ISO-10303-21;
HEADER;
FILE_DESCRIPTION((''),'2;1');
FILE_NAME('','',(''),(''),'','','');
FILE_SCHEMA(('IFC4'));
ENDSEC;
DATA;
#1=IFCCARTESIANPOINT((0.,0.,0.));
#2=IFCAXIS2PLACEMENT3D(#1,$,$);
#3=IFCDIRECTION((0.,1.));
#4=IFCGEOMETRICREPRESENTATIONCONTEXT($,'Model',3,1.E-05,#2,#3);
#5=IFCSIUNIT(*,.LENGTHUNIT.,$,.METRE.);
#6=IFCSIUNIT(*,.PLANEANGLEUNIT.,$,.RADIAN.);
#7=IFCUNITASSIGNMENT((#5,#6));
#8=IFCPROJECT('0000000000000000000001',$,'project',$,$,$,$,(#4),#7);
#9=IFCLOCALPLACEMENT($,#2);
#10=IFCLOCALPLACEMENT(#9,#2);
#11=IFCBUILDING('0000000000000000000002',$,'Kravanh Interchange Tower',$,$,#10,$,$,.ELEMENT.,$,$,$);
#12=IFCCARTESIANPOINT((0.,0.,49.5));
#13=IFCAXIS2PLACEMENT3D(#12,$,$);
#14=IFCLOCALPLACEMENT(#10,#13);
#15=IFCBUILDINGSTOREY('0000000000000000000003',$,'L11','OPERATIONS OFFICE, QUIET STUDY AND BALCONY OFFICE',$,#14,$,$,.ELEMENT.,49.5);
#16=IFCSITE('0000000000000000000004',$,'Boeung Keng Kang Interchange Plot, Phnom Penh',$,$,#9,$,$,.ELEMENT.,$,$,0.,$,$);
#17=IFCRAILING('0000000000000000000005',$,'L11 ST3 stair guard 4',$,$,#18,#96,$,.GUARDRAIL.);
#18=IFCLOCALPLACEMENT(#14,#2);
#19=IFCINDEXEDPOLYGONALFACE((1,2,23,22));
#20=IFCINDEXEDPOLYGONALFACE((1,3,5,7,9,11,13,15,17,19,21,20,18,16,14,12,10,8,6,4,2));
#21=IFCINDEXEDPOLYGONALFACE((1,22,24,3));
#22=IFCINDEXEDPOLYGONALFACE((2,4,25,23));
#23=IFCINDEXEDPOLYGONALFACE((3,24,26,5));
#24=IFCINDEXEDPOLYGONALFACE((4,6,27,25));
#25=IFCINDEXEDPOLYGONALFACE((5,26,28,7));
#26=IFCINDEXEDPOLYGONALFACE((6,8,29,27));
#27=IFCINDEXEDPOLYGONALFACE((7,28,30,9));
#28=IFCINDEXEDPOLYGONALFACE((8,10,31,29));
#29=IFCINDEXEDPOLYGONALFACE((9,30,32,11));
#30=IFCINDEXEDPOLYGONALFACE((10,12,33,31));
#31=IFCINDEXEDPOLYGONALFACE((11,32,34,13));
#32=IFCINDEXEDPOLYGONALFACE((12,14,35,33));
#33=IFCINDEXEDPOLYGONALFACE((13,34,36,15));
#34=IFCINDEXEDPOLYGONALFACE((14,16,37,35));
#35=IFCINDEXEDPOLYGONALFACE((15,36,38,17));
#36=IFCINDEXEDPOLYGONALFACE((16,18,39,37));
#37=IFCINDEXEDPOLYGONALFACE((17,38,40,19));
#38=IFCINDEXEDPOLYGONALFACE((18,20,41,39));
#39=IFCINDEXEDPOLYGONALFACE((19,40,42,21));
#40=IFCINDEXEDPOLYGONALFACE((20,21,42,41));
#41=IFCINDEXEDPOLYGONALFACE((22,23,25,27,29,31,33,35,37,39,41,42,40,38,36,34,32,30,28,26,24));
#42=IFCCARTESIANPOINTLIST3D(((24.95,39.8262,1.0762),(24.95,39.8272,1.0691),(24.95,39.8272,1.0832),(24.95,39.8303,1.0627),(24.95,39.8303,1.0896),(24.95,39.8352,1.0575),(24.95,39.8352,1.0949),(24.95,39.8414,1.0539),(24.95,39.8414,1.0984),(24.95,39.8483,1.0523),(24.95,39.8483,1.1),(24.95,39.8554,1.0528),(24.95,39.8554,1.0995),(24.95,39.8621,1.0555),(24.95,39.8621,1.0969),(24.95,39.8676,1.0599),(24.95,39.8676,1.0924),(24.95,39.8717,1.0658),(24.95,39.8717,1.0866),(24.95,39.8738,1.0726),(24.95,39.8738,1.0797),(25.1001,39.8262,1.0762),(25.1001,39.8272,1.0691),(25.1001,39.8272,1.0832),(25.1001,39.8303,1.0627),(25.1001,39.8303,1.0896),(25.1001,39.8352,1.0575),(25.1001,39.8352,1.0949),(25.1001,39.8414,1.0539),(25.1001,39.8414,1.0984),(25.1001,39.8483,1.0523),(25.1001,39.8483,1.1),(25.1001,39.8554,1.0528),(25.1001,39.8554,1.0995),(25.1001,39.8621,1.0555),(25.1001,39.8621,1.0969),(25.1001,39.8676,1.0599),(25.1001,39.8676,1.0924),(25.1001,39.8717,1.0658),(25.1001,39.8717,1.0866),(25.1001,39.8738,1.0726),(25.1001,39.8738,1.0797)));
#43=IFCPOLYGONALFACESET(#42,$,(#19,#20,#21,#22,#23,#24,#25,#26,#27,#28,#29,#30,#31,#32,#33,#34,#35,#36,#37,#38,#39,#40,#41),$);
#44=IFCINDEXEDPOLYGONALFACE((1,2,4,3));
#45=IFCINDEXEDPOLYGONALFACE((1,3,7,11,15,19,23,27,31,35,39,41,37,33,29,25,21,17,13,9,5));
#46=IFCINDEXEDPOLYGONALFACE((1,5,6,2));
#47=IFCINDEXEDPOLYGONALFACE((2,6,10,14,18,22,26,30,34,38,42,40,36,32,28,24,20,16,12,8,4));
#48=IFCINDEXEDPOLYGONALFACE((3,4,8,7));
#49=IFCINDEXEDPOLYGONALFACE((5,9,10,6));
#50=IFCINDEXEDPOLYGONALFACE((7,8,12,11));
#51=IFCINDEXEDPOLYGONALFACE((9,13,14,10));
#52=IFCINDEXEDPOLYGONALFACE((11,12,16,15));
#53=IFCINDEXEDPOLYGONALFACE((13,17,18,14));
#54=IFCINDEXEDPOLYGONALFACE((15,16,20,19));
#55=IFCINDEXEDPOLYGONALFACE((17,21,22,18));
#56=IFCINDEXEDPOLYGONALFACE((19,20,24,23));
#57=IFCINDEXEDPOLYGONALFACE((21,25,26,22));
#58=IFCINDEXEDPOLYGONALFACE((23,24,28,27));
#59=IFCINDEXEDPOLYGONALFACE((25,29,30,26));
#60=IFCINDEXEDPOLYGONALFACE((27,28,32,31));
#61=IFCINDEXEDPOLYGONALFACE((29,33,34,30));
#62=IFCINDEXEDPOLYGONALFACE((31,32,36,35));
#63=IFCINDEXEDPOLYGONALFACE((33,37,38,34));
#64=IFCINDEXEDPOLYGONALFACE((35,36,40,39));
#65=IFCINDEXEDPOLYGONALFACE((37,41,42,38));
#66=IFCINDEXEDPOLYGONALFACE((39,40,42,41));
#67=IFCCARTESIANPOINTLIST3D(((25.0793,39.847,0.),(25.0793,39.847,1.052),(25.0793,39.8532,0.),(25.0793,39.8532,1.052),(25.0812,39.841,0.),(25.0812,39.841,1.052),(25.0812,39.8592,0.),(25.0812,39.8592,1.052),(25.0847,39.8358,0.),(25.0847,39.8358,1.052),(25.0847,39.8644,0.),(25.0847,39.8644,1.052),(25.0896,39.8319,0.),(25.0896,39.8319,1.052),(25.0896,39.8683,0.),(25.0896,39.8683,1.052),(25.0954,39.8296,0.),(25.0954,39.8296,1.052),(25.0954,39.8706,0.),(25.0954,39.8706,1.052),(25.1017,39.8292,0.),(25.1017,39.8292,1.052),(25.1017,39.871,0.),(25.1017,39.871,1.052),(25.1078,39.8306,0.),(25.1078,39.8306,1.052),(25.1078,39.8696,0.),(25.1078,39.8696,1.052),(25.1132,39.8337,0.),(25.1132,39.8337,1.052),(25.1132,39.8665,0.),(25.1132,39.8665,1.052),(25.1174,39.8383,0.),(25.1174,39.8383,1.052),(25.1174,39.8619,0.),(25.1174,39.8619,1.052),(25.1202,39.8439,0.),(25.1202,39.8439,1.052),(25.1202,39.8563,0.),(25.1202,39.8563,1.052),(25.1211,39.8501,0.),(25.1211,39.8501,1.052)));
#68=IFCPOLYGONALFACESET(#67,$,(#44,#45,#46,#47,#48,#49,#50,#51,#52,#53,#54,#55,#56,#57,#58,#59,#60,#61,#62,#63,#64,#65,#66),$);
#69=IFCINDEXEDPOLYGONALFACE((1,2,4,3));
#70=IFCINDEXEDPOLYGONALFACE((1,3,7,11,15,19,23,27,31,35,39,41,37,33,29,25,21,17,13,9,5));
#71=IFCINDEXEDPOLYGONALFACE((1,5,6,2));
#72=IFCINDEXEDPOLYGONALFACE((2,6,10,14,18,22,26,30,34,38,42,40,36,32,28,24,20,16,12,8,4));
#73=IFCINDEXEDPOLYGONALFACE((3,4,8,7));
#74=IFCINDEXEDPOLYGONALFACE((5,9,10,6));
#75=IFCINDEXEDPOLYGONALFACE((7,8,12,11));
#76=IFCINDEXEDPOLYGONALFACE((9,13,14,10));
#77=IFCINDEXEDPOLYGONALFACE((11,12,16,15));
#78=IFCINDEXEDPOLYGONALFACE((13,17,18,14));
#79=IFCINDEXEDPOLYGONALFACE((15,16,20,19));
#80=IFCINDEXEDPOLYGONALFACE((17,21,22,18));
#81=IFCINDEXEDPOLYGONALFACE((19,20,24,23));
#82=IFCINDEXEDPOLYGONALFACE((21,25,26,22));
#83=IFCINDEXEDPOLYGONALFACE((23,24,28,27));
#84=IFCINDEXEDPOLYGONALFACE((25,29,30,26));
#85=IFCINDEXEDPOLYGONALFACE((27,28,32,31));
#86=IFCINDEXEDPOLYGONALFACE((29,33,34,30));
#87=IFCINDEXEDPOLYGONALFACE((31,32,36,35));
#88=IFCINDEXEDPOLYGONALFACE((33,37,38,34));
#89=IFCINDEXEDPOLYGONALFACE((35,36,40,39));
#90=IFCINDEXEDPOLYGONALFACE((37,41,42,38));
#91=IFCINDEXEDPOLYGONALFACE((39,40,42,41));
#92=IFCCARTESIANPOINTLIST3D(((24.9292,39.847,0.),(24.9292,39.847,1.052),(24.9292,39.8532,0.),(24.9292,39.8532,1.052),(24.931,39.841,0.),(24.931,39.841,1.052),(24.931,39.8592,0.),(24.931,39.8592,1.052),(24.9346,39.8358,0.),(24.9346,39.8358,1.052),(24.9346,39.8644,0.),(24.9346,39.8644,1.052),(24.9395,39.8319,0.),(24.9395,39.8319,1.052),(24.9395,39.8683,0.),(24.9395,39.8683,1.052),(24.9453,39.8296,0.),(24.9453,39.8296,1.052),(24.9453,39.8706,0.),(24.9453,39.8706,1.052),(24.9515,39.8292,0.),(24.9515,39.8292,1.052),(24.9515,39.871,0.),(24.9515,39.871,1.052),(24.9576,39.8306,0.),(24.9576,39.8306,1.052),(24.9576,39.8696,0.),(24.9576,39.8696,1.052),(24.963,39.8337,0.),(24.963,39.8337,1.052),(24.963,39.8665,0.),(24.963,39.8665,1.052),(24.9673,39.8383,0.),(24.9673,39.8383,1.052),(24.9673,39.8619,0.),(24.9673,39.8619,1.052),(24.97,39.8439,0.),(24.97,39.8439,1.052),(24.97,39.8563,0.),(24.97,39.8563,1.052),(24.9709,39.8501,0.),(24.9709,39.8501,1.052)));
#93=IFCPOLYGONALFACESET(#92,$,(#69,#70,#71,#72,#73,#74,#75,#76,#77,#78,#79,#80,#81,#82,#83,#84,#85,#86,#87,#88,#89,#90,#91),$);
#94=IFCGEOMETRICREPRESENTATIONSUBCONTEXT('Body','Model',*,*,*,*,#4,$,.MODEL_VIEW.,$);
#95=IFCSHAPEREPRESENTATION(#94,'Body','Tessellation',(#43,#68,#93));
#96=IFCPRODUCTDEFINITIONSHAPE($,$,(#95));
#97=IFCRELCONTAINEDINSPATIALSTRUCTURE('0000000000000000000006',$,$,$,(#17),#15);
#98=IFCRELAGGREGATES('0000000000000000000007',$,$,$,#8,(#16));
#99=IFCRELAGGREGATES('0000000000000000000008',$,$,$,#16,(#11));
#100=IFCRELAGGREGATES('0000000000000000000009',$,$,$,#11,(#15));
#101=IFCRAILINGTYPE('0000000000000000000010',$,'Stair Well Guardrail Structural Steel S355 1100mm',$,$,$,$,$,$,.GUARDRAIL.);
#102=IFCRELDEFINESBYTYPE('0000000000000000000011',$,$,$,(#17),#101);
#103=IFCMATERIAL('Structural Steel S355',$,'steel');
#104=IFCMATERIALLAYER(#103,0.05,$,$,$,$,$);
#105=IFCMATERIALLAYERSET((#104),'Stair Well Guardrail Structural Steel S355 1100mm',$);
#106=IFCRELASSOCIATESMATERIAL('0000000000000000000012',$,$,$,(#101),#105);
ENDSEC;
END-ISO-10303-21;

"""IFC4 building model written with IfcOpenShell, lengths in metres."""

from ifc_helpers import new_model, si_unit, direction, frame, origin, origin_2d, place, context, subcontext, project, spatial, circle, extrude, material, layer, layer_set, type_object, element, save


model = new_model("IFC4")

# Units and contexts
model_context = context("Model", 3, precision=1e-05, world=origin(), true_north=direction((0.0, 1.0)))
body_context = subcontext(model_context, "Body", "Model", "MODEL_VIEW")
ifc_project = project(units=[si_unit("LENGTHUNIT", "METRE"), si_unit("PLANEANGLEUNIT", "RADIAN")], contexts=[model_context])

# Site, building, storey
site_placement = place(None, origin())
site = spatial("IfcSite", under=ifc_project, at=site_placement, Name="Boeung Keng Kang Interchange Plot, Phnom Penh", CompositionType="ELEMENT", RefElevation=0.0)
building_placement = place(site_placement, origin())
building = spatial("IfcBuilding", under=site, at=building_placement, Name="Kravanh Interchange Tower", CompositionType="ELEMENT")
storey_placement = place(building_placement, frame((0.0, 0.0, 49.5)))
storey = spatial("IfcBuildingStorey", under=building, at=storey_placement, Name="L11", Description="OPERATIONS OFFICE, QUIET STUDY AND BALCONY OFFICE", CompositionType="ELEMENT", Elevation=49.5)

# Railing
ifc_material_1 = material(Name="Structural Steel S355", Category="steel")
ifc_layer_1 = layer(ifc_material_1, 0.05)
ifc_layer_set_1 = layer_set([ifc_layer_1], Name="Stair Well Guardrail Structural Steel S355 1100mm")
railing_type_1 = type_object("IfcRailingType", Name="Stair Well Guardrail Structural Steel S355 1100mm", PredefinedType="GUARDRAIL", material=ifc_layer_set_1)
railing_1_placement = place(storey_placement, frame((25.1001, 39.8501, 0.0)))
element("IfcRailing", 1, at=railing_1_placement, inside=storey, type_object=railing_type_1, Name="L11 ST3 stair guard 4", PredefinedType="GUARDRAIL", context=body_context, shape_type="SweptSolid", body=[
    extrude(circle(Radius=0.0239, at=origin_2d()), frame((0.0, 0.0, 1.0762), z_axis=(-1.0, 0.0, 0.0), x_axis=(0.0, -1.0, 0.0)), (0.0, 0.0, 1.0), 0.1501),
    extrude(circle(Radius=0.021, at=origin_2d()), origin(), (0.0, 0.0, 1.0), 1.052),
    extrude(circle(Radius=0.021, at=origin_2d()), frame((-0.1501, 0.0, 0.0)), (0.0, 0.0, 1.0), 1.052),
])

save(model, "model.ifc")
